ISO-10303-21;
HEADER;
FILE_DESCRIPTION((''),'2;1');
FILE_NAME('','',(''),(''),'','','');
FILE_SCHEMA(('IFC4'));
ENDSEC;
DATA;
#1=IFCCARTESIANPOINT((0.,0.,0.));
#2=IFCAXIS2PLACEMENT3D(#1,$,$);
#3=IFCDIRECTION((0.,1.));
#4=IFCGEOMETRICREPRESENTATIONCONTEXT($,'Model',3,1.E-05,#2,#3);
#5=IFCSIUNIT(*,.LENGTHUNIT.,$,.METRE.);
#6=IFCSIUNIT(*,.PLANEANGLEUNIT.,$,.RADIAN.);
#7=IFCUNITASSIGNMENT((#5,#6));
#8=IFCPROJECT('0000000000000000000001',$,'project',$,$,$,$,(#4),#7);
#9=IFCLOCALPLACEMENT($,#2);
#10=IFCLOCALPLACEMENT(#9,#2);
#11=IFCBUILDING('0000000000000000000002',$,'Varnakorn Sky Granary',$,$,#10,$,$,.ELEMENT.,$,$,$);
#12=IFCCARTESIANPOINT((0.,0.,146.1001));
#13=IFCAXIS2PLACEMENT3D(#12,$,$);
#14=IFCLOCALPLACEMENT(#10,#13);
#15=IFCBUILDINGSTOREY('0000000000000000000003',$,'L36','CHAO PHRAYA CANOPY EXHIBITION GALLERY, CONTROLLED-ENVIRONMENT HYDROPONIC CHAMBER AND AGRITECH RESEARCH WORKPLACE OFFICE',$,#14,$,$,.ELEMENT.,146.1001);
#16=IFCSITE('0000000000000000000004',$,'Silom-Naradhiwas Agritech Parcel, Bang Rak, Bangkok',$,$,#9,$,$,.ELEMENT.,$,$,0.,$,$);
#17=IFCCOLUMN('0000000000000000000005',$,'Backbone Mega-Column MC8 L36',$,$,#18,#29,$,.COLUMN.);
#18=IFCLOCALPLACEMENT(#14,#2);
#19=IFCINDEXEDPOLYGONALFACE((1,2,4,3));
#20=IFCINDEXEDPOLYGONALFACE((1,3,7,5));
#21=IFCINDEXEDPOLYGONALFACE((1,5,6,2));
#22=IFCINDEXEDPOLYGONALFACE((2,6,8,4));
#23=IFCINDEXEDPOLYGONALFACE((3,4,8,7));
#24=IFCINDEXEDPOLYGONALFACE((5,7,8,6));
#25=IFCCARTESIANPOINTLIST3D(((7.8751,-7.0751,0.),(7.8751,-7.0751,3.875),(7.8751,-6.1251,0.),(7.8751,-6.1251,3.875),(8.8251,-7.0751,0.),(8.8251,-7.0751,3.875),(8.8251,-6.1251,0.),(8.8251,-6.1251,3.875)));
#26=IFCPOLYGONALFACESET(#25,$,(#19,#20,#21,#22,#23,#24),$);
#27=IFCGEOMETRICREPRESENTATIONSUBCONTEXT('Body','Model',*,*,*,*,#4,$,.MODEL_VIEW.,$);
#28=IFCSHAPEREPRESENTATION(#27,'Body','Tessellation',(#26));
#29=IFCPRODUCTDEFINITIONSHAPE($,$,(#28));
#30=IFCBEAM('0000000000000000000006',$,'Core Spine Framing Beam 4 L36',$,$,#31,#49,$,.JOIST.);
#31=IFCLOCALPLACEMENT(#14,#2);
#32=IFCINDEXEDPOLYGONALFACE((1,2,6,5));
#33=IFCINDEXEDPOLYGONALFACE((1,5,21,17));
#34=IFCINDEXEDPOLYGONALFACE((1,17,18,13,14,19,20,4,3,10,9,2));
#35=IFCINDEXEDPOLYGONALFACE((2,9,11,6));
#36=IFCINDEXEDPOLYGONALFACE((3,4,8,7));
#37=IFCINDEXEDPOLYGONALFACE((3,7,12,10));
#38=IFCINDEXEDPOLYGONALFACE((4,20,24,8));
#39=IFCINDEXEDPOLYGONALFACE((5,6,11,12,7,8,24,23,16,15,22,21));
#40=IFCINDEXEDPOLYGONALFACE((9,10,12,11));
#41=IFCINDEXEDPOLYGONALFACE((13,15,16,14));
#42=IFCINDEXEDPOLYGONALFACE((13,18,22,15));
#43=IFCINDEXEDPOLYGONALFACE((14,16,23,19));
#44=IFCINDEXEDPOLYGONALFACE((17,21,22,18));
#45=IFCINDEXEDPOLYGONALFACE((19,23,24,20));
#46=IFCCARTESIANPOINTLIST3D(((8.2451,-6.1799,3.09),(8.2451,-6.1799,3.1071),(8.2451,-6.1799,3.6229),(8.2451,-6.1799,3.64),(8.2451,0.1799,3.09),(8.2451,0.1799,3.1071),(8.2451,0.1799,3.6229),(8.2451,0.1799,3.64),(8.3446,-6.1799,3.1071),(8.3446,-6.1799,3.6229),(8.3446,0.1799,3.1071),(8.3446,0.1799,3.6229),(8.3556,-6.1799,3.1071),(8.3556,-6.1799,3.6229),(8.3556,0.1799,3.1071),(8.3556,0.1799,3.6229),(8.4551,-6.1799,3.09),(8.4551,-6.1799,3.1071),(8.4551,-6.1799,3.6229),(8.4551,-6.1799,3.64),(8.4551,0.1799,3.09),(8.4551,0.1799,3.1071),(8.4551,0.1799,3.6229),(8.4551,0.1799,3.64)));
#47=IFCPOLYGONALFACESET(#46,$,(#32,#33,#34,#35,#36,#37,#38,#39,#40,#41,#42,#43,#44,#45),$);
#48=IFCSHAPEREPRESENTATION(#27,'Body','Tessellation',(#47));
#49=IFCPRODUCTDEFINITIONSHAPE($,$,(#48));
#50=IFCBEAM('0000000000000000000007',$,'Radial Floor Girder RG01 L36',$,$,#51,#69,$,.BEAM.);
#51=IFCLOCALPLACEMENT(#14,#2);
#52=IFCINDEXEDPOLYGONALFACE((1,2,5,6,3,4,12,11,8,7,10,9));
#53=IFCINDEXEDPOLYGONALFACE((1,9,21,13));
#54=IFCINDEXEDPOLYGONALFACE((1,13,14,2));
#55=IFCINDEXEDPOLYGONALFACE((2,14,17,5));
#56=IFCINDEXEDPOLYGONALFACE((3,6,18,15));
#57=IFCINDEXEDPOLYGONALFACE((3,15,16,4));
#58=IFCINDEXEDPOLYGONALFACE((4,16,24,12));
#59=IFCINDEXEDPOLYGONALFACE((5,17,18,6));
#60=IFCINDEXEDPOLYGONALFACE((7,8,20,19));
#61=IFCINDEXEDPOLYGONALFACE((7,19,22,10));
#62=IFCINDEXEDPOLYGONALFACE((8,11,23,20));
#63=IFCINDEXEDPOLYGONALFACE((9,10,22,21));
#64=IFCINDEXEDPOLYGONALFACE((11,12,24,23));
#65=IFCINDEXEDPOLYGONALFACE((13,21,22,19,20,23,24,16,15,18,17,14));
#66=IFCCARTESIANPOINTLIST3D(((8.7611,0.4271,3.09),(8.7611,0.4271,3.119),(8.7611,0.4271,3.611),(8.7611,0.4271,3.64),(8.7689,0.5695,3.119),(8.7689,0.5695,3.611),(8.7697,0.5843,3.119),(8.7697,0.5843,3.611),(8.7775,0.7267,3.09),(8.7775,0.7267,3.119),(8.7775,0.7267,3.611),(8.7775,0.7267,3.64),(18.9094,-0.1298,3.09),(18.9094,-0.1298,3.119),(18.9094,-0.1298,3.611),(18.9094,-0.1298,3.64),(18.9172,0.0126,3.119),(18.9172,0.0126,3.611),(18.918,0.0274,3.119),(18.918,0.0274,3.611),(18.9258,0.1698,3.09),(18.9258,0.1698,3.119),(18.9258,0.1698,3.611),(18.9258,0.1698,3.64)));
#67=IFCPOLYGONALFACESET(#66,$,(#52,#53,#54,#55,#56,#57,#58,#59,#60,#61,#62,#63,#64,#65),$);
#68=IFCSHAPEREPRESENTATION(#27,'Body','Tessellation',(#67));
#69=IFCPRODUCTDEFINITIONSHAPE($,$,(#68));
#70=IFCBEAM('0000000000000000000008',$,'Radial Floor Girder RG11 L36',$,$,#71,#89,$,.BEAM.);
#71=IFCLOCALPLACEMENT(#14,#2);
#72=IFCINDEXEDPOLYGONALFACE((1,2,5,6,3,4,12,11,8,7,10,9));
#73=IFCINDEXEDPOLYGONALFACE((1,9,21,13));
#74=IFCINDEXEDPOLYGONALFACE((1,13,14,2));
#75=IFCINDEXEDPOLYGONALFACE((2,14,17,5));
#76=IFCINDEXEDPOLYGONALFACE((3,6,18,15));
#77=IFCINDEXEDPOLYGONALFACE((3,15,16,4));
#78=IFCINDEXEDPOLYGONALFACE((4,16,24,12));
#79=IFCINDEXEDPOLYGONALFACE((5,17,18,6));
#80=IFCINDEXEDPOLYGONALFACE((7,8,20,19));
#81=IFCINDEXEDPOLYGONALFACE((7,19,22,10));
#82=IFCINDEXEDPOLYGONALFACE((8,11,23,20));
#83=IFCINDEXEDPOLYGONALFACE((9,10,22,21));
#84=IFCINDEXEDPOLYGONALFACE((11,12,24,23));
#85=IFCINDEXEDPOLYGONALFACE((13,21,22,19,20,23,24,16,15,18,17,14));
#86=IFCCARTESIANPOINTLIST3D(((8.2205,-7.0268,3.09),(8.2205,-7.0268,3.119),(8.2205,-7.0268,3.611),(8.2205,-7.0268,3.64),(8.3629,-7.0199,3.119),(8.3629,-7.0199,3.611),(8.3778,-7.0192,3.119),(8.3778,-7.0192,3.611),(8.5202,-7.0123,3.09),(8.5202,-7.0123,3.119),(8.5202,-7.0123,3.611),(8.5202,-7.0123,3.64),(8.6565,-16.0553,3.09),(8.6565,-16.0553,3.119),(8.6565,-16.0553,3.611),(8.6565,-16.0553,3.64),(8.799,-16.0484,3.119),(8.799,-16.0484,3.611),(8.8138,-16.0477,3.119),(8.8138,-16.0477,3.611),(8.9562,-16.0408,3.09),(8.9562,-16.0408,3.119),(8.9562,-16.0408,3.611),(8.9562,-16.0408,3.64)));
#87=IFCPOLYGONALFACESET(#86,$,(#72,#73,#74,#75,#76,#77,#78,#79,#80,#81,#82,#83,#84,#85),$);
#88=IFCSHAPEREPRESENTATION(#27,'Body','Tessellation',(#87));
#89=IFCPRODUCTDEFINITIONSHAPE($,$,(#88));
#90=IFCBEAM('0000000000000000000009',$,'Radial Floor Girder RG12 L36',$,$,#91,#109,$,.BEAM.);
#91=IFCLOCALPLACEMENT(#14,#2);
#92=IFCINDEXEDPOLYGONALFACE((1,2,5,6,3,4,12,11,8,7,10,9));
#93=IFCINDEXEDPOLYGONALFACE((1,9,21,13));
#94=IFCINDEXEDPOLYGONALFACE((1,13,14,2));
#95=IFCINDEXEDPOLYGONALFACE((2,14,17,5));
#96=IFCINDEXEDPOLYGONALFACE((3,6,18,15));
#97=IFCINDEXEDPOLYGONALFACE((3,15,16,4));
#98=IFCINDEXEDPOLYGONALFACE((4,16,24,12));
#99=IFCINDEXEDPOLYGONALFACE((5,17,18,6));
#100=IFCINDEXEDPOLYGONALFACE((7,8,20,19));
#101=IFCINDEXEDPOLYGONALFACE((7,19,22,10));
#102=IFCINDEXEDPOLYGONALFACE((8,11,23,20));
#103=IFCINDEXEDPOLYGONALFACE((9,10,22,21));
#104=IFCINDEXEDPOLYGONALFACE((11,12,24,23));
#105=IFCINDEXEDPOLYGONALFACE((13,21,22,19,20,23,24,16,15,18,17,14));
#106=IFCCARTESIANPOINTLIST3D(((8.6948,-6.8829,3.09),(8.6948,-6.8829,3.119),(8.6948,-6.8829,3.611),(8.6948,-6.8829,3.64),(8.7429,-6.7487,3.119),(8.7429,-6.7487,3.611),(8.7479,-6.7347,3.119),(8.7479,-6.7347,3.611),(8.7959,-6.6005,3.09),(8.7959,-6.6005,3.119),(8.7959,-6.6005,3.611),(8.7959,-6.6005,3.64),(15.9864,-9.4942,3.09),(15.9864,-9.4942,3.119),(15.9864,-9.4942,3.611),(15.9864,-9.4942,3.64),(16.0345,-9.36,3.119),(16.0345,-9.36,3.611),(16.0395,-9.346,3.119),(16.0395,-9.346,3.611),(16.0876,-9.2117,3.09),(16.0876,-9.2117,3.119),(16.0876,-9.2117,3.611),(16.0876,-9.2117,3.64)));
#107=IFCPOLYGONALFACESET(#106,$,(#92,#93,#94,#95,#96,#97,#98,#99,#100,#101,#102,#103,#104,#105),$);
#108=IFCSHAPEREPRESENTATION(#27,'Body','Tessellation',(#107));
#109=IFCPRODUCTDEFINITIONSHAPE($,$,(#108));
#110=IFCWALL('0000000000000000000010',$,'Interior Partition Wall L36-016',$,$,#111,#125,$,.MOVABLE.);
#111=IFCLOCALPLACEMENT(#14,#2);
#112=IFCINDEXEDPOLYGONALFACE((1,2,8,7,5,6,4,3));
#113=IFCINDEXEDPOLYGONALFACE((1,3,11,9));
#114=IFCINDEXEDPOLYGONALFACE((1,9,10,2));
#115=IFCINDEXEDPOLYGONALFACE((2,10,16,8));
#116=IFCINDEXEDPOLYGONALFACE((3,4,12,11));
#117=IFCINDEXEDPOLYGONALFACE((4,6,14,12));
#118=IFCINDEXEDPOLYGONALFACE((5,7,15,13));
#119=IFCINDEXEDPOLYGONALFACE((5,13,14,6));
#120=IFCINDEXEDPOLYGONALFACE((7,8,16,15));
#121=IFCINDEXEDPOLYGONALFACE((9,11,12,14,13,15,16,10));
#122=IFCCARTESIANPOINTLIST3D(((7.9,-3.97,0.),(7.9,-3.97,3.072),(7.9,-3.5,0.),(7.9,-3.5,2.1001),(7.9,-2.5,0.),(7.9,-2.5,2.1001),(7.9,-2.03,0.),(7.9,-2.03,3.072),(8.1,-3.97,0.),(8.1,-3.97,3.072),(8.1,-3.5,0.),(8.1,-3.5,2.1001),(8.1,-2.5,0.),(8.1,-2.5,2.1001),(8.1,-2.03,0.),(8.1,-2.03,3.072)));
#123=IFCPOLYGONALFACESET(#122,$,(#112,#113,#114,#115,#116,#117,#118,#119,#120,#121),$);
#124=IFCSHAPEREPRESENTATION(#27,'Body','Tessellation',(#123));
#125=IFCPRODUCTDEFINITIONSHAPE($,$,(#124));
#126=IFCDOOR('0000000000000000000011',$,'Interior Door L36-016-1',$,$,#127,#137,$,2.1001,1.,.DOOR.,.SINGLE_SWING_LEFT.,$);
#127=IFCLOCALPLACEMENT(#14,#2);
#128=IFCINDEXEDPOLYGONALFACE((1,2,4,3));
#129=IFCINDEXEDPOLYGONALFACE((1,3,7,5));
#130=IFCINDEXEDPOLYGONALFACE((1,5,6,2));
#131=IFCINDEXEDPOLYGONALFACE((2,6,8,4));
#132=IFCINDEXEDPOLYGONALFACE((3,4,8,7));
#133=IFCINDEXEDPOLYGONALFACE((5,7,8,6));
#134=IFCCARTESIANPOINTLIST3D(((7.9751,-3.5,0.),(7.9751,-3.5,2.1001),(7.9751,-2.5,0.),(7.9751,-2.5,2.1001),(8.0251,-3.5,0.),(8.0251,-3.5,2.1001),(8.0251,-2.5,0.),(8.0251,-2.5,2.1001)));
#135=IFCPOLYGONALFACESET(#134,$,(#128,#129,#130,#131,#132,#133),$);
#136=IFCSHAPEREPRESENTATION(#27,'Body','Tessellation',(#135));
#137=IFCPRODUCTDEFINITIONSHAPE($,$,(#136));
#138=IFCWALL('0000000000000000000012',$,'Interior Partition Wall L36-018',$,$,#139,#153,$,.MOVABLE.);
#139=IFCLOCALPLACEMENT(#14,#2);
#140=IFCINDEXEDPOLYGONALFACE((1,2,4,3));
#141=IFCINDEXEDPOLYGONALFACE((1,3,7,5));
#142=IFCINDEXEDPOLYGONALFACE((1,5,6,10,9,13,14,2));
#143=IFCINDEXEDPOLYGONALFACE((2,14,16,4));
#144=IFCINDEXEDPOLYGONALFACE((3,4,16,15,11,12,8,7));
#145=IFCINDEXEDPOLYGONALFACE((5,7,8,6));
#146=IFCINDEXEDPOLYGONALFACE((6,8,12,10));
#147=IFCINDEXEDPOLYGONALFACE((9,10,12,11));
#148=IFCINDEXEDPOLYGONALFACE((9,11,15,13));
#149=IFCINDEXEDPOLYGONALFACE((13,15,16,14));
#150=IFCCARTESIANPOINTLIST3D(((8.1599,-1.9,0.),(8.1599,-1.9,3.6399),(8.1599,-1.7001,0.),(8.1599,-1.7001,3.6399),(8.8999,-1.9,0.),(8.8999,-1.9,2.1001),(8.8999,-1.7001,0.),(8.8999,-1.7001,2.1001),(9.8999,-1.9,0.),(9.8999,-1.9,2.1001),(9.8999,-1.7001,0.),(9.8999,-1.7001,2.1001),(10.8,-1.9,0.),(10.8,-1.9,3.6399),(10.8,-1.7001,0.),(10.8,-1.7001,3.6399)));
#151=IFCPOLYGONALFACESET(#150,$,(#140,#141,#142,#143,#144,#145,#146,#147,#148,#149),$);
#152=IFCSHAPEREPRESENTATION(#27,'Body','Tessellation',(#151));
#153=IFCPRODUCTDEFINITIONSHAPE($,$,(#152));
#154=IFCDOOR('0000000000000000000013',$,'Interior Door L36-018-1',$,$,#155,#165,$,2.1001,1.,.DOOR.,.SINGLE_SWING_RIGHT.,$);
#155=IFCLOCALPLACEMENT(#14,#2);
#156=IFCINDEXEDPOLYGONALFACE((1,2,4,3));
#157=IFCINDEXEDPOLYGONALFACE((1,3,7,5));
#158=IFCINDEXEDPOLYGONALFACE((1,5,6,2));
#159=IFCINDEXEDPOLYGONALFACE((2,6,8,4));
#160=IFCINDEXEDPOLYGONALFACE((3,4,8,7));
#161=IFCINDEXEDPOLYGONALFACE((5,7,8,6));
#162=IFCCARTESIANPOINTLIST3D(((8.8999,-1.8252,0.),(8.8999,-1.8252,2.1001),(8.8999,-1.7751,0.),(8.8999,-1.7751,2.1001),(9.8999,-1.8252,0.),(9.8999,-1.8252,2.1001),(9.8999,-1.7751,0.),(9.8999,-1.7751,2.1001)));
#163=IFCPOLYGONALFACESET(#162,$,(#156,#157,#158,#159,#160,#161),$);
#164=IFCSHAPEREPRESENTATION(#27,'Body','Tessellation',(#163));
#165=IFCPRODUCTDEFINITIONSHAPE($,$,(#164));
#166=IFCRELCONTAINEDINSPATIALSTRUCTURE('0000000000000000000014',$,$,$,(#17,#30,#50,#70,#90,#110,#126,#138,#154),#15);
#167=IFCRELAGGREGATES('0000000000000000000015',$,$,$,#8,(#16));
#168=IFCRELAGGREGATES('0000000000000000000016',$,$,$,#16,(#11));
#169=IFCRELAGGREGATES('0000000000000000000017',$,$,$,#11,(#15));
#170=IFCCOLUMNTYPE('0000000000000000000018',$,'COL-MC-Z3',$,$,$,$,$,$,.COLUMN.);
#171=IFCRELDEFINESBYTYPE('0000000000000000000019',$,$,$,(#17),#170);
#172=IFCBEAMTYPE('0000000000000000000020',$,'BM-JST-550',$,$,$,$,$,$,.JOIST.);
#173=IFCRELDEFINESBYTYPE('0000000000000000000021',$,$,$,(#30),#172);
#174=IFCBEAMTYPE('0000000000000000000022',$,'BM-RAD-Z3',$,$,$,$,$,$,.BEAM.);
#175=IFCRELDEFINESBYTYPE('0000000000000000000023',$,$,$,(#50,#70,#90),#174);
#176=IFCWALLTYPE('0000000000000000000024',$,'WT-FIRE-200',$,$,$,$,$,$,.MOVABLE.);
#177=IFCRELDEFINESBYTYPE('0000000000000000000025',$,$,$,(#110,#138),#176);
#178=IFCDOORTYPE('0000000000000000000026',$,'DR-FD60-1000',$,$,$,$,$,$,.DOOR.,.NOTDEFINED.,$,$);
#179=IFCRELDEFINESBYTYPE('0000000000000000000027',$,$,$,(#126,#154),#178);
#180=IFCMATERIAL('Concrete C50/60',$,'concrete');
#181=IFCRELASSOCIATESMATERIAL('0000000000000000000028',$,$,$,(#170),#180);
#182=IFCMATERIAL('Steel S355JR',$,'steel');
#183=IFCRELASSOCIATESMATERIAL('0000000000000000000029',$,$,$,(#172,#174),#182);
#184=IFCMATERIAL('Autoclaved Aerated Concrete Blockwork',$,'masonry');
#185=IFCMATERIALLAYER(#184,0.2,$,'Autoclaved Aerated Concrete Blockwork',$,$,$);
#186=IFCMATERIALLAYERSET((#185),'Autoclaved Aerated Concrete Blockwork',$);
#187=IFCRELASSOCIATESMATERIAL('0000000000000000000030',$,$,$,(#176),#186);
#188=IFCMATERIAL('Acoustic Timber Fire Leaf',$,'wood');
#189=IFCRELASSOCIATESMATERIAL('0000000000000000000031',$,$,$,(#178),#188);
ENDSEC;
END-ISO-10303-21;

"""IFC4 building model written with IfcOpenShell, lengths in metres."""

from ifc_helpers import new_model, si_unit, direction, frame, frame_2d, origin, origin_2d, place, context, subcontext, project, spatial, rectangle, i_section, extrude, material, layer, layer_set, material_profile, profile_set, type_object, element, fill, save


model = new_model("IFC4")

# Units and contexts
model_context = context("Model", 3, precision=1e-05, world=origin(), true_north=direction((0.0, 1.0)))
body_context = subcontext(model_context, "Body", "Model", "MODEL_VIEW")
ifc_project = project(units=[si_unit("LENGTHUNIT", "METRE"), si_unit("PLANEANGLEUNIT", "RADIAN")], contexts=[model_context])

# Site, building, storey
site_placement = place(None, origin())
site = spatial("IfcSite", under=ifc_project, at=site_placement, Name="Silom-Naradhiwas Agritech Parcel, Bang Rak, Bangkok", CompositionType="ELEMENT", RefElevation=0.0)
building_placement = place(site_placement, origin())
building = spatial("IfcBuilding", under=site, at=building_placement, Name="Varnakorn Sky Granary", CompositionType="ELEMENT")
storey_placement = place(building_placement, frame((0.0, 0.0, 146.1001)))
storey = spatial("IfcBuildingStorey", under=building, at=storey_placement, Name="L36", Description="CHAO PHRAYA CANOPY EXHIBITION GALLERY, CONTROLLED-ENVIRONMENT HYDROPONIC CHAMBER AND AGRITECH RESEARCH WORKPLACE OFFICE", CompositionType="ELEMENT", Elevation=146.1001)

# Column
ifc_material_1 = material(Name="Concrete C50/60", Category="concrete")
ifc_material_profile_1 = material_profile(ifc_material_1, rectangle(XDim=0.95, YDim=0.95, at=origin_2d()), Name="RC 950x950")
ifc_profile_set_1 = profile_set([ifc_material_profile_1], Name="Concrete C50/60")
column_type = type_object("IfcColumnType", Name="COL-MC-Z3", PredefinedType="COLUMN", material=ifc_profile_set_1)
column_placement = place(storey_placement, frame((8.3501, -6.6001, 0.0), z_axis=(0.0, 0.0, 1.0), x_axis=(1.0, 0.0, 0.0)))
element("IfcColumn", 1, at=column_placement, inside=storey, type_object=column_type, Name="Backbone Mega-Column MC8 L36", PredefinedType="COLUMN", context=body_context, shape_type="SweptSolid", body=[
    extrude(rectangle(XDim=0.95, YDim=0.95, at=origin_2d()), origin(), (0.0, 0.0, 1.0), 3.875),
])

# Beams
ifc_material_2 = material(Name="Steel S355JR", Category="steel")
ifc_material_profile_2 = material_profile(ifc_material_2, i_section(OverallWidth=0.21, OverallDepth=0.55, WebThickness=0.011, FlangeThickness=0.0171, at=origin_2d()), Name="IPE 550")
ifc_profile_set_2 = profile_set([ifc_material_profile_2], Name="Steel S355JR")
beam_type_1 = type_object("IfcBeamType", Name="BM-JST-550", PredefinedType="JOIST", material=ifc_profile_set_2)
beam_1_placement = place(storey_placement, frame((8.3501, 0.1799, 3.365), z_axis=(0.0, -1.0, 0.0), x_axis=(1.0, 0.0, 0.0)))
element("IfcBeam", 2, at=beam_1_placement, inside=storey, type_object=beam_type_1, Name="Core Spine Framing Beam 4 L36", PredefinedType="JOIST", context=body_context, shape_type="SweptSolid", body=[
    extrude(i_section(OverallWidth=0.21, OverallDepth=0.55, WebThickness=0.011, FlangeThickness=0.0171, at=origin_2d()), origin(), (0.0, 0.0, 1.0), 6.3599),
])
ifc_material_profile_3 = material_profile(ifc_material_2, i_section(OverallWidth=0.3, OverallDepth=0.55, WebThickness=0.0149, FlangeThickness=0.0291, at=origin_2d()), Name="HE 550 B")
ifc_profile_set_3 = profile_set([ifc_material_profile_3], Name="Steel S355JR")
beam_type_2 = type_object("IfcBeamType", Name="BM-RAD-Z3", PredefinedType="BEAM", material=ifc_profile_set_3)
beam_2_placement = place(storey_placement, frame((8.7693, 0.5769, 3.365), z_axis=(0.998498, -0.054793, 0.0), x_axis=(0.054793, 0.998498, 0.0)))
element("IfcBeam", 3, at=beam_2_placement, inside=storey, type_object=beam_type_2, Name="Radial Floor Girder RG01 L36", PredefinedType="BEAM", context=body_context, shape_type="SweptSolid", body=[
    extrude(i_section(OverallWidth=0.3, OverallDepth=0.55, WebThickness=0.0149, FlangeThickness=0.0291, at=origin_2d()), origin(), (0.0, 0.0, 1.0), 10.1636),
])
beam_3_placement = place(storey_placement, frame((8.3704, -7.0195, 3.365), z_axis=(0.048239, -0.998836, 0.0), x_axis=(0.998836, 0.048239, 0.0)))
element("IfcBeam", 4, at=beam_3_placement, inside=storey, type_object=beam_type_2, Name="Radial Floor Girder RG11 L36", PredefinedType="BEAM", context=body_context, shape_type="SweptSolid", body=[
    extrude(i_section(OverallWidth=0.3, OverallDepth=0.55, WebThickness=0.0149, FlangeThickness=0.0291, at=origin_2d()), origin(), (0.0, 0.0, 1.0), 9.0391),
])
beam_4_placement = place(storey_placement, frame((8.7454, -6.7417, 3.365), z_axis=(0.94145, -0.337153, 0.0), x_axis=(0.337153, 0.94145, 0.0)))
element("IfcBeam", 5, at=beam_4_placement, inside=storey, type_object=beam_type_2, Name="Radial Floor Girder RG12 L36", PredefinedType="BEAM", context=body_context, shape_type="SweptSolid", body=[
    extrude(i_section(OverallWidth=0.3, OverallDepth=0.55, WebThickness=0.0149, FlangeThickness=0.0291, at=origin_2d()), origin(), (0.0, 0.0, 1.0), 7.7451),
])

# Walls, openings, doors
ifc_material_3 = material(Name="Autoclaved Aerated Concrete Blockwork", Category="masonry")
ifc_layer_1 = layer(ifc_material_3, 0.2, Name="Autoclaved Aerated Concrete Blockwork")
ifc_layer_set_1 = layer_set([ifc_layer_1], Name="Autoclaved Aerated Concrete Blockwork")
wall_type_1 = type_object("IfcWallType", Name="WT-FIRE-200", PredefinedType="MOVABLE", material=ifc_layer_set_1)
wall_1_placement = place(storey_placement, frame((8.0, -3.97, 0.0), z_axis=(0.0, 0.0, 1.0), x_axis=(0.0, 1.0, 0.0)))
wall_1 = element("IfcWall", 6, at=wall_1_placement, inside=storey, type_object=wall_type_1, Name="Interior Partition Wall L36-016", PredefinedType="MOVABLE", context=body_context, shape_type="SweptSolid", body=[
    extrude(rectangle(XDim=1.9399, YDim=0.2, at=frame_2d((0.97, 0.0))), origin(), (0.0, 0.0, 1.0), 3.072),
])
opening_1_placement = place(wall_1_placement, frame((0.47, 0.0, 0.0)))
opening_1 = element("IfcOpeningElement", 7, at=opening_1_placement, cuts=wall_1, PredefinedType="OPENING", context=body_context, shape_type="SweptSolid", body=[
    extrude(rectangle(XDim=1.0, YDim=2.1001, at=frame_2d((0.5, 1.05))), frame((0.0, 0.1099, 0.0), z_axis=(0.0, -1.0, 0.0), x_axis=(1.0, 0.0, 0.0)), (0.0, 0.0, 1.0), 0.22),
])
ifc_material_4 = material(Name="Acoustic Timber Fire Leaf", Category="wood")
door_type_1 = type_object("IfcDoorType", Name="DR-FD60-1000", OperationType="NOTDEFINED", PredefinedType="DOOR", material=ifc_material_4)
door_1_placement = place(opening_1_placement, origin())
door_1 = element("IfcDoor", 8, at=door_1_placement, inside=storey, type_object=door_type_1, Name="Interior Door L36-016-1", OperationType="SINGLE_SWING_LEFT", OverallHeight=2.1001, OverallWidth=1.0, PredefinedType="DOOR", context=body_context, shape_type="SweptSolid", body=[
    extrude(rectangle(XDim=1.0, YDim=2.1001, at=frame_2d((0.5, 1.05))), frame((0.0, 0.0249, 0.0), z_axis=(0.0, -1.0, 0.0), x_axis=(1.0, 0.0, 0.0)), (0.0, 0.0, 1.0), 0.05),
])
fill(opening_1, door_1)
wall_2_placement = place(storey_placement, frame((8.1599, -1.8, 0.0), z_axis=(0.0, 0.0, 1.0), x_axis=(1.0, 0.0, 0.0)))
wall_2 = element("IfcWall", 9, at=wall_2_placement, inside=storey, type_object=wall_type_1, Name="Interior Partition Wall L36-018", PredefinedType="MOVABLE", context=body_context, shape_type="SweptSolid", body=[
    extrude(rectangle(XDim=2.6401, YDim=0.2, at=frame_2d((1.3201, 0.0))), origin(), (0.0, 0.0, 1.0), 3.6399),
])
opening_2_placement = place(wall_2_placement, frame((0.74, 0.0, 0.0)))
opening_2 = element("IfcOpeningElement", 10, at=opening_2_placement, cuts=wall_2, PredefinedType="OPENING", context=body_context, shape_type="SweptSolid", body=[
    extrude(rectangle(XDim=1.0, YDim=2.1001, at=frame_2d((0.5, 1.05))), frame((0.0, 0.1099, 0.0), z_axis=(0.0, -1.0, 0.0), x_axis=(1.0, 0.0, 0.0)), (0.0, 0.0, 1.0), 0.22),
])
door_2_placement = place(opening_2_placement, origin())
door_2 = element("IfcDoor", 11, at=door_2_placement, inside=storey, type_object=door_type_1, Name="Interior Door L36-018-1", OperationType="SINGLE_SWING_RIGHT", OverallHeight=2.1001, OverallWidth=1.0, PredefinedType="DOOR", context=body_context, shape_type="SweptSolid", body=[
    extrude(rectangle(XDim=1.0, YDim=2.1001, at=frame_2d((0.5, 1.05))), frame((0.0, 0.0249, 0.0), z_axis=(0.0, -1.0, 0.0), x_axis=(1.0, 0.0, 0.0)), (0.0, 0.0, 1.0), 0.05),
])
fill(opening_2, door_2)

save(model, "model.ifc")
